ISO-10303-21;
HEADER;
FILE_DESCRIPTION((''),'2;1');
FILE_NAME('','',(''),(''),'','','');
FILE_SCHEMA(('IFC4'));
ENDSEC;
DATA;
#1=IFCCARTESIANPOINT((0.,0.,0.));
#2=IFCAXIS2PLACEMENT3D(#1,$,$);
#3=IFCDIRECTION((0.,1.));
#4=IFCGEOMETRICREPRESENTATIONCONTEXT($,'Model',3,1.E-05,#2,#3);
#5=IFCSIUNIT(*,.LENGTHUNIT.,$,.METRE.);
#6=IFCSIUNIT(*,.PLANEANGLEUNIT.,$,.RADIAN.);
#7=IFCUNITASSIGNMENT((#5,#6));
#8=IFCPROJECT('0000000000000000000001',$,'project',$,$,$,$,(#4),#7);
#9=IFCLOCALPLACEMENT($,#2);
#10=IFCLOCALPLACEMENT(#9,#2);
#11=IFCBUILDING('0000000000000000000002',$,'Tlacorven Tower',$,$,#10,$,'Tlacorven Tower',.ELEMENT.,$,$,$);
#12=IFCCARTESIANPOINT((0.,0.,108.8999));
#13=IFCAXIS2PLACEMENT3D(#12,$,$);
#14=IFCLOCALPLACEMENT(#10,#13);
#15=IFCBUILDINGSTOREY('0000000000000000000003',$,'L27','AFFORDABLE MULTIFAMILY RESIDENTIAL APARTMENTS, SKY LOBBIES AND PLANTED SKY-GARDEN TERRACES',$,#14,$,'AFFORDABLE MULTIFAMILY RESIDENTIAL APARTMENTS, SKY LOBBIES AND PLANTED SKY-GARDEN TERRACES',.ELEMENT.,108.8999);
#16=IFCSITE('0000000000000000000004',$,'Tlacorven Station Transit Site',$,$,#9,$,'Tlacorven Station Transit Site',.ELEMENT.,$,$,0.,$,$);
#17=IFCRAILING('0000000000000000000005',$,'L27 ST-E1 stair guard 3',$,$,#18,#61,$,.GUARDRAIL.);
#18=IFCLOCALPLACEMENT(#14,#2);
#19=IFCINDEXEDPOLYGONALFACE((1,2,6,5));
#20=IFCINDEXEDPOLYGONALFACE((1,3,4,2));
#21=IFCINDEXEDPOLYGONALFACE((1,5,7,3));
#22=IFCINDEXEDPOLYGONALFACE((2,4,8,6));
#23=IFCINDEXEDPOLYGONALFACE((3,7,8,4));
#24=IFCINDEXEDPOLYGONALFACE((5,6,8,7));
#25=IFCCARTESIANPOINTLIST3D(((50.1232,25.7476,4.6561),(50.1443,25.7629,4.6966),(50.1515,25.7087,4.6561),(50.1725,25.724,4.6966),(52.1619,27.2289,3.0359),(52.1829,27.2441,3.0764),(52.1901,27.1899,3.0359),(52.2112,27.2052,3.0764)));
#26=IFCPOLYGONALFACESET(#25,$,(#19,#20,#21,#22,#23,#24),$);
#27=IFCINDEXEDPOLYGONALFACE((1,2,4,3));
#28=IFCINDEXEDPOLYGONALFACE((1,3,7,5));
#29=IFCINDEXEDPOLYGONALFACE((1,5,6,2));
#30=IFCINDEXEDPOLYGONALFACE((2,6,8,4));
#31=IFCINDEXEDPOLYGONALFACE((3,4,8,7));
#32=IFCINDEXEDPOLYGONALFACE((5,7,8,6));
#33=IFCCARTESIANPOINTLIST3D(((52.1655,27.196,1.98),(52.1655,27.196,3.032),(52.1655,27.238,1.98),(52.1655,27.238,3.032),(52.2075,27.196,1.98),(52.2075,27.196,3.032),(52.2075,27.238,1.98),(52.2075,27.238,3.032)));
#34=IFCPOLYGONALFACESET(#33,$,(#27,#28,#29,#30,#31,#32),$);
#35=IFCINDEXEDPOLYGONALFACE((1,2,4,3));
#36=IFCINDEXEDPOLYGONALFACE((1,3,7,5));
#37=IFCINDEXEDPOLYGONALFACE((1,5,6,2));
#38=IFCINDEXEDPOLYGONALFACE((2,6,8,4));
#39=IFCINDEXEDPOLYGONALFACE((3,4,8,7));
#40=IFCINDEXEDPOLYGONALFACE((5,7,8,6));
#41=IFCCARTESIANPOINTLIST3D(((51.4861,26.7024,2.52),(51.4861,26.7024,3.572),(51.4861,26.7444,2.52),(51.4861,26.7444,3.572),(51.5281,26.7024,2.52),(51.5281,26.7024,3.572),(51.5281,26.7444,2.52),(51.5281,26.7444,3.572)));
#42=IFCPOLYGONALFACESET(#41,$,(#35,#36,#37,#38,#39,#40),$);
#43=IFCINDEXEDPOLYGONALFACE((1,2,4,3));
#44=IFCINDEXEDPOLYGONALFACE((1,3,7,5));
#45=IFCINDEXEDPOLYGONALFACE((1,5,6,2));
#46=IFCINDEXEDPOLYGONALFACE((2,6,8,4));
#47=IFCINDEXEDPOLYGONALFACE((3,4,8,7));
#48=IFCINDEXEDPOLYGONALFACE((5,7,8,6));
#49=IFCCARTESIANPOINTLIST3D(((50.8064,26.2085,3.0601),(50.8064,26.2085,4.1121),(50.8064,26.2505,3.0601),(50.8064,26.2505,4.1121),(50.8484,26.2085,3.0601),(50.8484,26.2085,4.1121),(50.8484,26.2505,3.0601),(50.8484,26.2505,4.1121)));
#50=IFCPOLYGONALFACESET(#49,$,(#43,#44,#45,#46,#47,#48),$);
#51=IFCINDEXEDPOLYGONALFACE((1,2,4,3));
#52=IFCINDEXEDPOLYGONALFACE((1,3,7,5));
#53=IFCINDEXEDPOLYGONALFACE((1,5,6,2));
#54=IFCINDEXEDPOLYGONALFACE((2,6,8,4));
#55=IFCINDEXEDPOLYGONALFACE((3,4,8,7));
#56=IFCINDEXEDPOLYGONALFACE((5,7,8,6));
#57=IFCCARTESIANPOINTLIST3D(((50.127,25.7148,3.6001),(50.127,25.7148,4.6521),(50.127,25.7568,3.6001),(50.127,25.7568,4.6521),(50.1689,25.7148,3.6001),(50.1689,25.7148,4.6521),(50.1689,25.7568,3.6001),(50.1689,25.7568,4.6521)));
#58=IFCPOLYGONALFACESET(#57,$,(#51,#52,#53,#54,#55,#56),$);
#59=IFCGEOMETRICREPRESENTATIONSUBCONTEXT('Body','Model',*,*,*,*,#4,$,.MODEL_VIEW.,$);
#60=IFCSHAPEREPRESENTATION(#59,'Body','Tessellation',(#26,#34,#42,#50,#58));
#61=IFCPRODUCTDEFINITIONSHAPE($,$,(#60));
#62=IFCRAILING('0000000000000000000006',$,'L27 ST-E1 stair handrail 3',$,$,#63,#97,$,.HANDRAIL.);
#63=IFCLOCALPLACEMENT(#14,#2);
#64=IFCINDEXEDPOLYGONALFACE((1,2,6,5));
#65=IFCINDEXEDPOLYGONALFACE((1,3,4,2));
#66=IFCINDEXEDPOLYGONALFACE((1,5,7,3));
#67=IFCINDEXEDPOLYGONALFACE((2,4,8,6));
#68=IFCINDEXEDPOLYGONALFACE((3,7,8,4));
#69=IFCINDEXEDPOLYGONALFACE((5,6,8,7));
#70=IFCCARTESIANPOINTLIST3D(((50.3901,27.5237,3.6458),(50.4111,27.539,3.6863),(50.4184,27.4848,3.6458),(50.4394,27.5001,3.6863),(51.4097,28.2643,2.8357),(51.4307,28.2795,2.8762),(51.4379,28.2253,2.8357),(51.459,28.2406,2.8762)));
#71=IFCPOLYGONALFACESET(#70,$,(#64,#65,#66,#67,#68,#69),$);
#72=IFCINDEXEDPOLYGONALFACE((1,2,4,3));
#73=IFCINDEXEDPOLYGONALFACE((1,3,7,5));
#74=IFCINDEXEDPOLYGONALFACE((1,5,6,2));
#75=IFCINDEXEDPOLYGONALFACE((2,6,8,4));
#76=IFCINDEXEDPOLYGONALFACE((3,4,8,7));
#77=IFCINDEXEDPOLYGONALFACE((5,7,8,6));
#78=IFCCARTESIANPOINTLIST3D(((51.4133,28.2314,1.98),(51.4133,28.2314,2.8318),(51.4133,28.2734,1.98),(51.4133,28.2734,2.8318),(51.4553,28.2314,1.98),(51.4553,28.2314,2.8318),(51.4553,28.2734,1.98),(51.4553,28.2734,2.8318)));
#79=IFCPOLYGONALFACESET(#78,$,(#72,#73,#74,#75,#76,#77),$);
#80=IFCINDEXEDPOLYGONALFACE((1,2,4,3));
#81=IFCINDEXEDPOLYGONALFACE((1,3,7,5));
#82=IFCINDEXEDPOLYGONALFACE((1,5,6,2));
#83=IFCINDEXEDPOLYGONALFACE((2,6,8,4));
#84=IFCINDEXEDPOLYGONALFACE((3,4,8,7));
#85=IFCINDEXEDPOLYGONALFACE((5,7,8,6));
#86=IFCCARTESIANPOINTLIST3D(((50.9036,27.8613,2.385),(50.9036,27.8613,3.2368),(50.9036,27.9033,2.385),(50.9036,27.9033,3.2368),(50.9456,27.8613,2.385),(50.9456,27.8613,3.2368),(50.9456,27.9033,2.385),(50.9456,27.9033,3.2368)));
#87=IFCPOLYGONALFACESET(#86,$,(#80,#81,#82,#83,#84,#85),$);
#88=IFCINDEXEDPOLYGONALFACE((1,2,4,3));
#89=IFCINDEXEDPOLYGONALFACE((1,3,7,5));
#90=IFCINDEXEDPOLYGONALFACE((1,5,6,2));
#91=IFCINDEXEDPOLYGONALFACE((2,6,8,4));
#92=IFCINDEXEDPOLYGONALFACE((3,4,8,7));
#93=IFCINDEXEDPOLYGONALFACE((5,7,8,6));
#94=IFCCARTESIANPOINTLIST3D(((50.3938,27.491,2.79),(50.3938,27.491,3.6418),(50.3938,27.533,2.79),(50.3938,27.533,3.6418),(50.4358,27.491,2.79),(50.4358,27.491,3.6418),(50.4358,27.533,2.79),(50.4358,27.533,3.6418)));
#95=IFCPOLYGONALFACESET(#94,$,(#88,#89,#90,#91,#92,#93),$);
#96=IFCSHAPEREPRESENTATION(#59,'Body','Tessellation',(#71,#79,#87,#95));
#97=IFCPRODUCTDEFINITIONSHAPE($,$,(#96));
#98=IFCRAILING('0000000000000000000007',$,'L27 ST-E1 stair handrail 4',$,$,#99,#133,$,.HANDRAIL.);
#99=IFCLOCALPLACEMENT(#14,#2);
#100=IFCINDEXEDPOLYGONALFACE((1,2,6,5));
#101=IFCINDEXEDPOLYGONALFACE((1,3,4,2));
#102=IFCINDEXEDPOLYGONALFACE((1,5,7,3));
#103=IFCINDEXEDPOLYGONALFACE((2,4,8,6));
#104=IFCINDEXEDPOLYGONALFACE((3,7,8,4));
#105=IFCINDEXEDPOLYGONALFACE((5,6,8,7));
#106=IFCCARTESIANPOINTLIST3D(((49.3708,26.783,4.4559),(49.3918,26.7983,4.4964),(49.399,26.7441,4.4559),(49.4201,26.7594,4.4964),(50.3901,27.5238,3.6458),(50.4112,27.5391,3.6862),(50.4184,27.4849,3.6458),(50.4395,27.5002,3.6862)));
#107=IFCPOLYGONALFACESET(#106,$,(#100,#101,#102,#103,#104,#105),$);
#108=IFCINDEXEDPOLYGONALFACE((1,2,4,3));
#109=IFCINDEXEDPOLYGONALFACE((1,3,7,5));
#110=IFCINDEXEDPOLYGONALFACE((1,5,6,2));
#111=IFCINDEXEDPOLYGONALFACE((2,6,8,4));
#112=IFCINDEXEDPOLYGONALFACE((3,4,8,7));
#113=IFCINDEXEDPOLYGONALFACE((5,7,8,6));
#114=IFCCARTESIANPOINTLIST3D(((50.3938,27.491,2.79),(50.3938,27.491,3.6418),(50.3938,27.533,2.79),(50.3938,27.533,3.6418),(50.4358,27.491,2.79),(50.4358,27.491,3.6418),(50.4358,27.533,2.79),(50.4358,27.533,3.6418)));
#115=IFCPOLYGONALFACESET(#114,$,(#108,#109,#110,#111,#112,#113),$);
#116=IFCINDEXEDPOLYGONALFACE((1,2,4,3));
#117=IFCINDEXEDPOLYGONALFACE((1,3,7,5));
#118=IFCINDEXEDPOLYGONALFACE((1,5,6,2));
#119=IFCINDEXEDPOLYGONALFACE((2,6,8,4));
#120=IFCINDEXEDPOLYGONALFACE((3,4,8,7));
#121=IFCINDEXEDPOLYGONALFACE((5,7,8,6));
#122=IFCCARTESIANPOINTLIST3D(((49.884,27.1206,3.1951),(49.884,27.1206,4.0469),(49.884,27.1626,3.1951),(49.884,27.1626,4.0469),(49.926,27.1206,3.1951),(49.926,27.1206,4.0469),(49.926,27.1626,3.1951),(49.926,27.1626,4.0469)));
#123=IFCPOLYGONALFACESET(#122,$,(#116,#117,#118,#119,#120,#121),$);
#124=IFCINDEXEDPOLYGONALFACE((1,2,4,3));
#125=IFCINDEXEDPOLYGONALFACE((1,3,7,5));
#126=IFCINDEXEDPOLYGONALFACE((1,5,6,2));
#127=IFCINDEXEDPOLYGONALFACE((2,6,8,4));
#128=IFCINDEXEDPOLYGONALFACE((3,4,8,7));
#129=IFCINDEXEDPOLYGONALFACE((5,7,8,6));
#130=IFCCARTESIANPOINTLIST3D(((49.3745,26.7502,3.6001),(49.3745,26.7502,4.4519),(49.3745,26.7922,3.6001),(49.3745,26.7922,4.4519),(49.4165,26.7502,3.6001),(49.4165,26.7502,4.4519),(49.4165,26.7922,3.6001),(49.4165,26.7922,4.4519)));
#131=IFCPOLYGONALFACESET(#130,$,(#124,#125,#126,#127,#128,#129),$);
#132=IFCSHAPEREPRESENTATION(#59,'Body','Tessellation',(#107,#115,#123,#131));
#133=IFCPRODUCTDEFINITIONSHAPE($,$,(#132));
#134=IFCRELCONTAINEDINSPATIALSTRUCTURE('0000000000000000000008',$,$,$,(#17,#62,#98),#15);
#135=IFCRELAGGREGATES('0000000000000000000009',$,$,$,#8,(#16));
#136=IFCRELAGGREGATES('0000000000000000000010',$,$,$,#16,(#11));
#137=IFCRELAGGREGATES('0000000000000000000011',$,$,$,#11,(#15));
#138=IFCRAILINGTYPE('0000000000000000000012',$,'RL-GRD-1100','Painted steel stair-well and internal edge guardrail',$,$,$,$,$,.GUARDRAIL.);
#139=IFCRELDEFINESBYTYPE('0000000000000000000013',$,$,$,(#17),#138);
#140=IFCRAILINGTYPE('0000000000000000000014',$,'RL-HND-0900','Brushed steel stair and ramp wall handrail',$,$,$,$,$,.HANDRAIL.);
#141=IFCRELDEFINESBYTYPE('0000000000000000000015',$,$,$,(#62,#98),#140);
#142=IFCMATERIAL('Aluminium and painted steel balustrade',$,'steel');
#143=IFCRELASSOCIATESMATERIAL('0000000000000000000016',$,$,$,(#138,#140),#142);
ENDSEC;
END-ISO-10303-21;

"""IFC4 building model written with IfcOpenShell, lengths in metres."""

from ifc_helpers import new_model, si_unit, direction, frame, origin, origin_2d, place, context, subcontext, project, spatial, rectangle, extrude, source, transform, mapped, material, type_object, element, save


model = new_model("IFC4")

# Units and contexts
model_context = context("Model", 3, precision=1e-05, world=origin(), true_north=direction((0.0, 1.0)))
body_context = subcontext(model_context, "Body", "Model", "MODEL_VIEW")
ifc_project = project(units=[si_unit("LENGTHUNIT", "METRE"), si_unit("PLANEANGLEUNIT", "RADIAN")], contexts=[model_context])

# Site, building, storey
site_placement = place(None, origin())
site = spatial("IfcSite", under=ifc_project, at=site_placement, Name="Tlacorven Station Transit Site", LongName="Tlacorven Station Transit Site", CompositionType="ELEMENT", RefElevation=0.0)
building_placement = place(site_placement, origin())
building = spatial("IfcBuilding", under=site, at=building_placement, Name="Tlacorven Tower", LongName="Tlacorven Tower", CompositionType="ELEMENT")
storey_placement = place(building_placement, frame((0.0, 0.0, 108.8999)))
storey = spatial("IfcBuildingStorey", under=building, at=storey_placement, Name="L27", Description="AFFORDABLE MULTIFAMILY RESIDENTIAL APARTMENTS, SKY LOBBIES AND PLANTED SKY-GARDEN TERRACES", LongName="AFFORDABLE MULTIFAMILY RESIDENTIAL APARTMENTS, SKY LOBBIES AND PLANTED SKY-GARDEN TERRACES", CompositionType="ELEMENT", Elevation=108.8999)

# Railings
ifc_material_1 = material(Name="Aluminium and painted steel balustrade", Category="steel")
railing_type_1 = type_object("IfcRailingType", Name="RL-GRD-1100", Description="Painted steel stair-well and internal edge guardrail", PredefinedType="GUARDRAIL", material=ifc_material_1)
shared_shape_1 = source(origin(), body_context, "Body", "SweptSolid", [
    extrude(rectangle(XDim=0.0481, YDim=0.0481, at=origin_2d()), frame((0.0, 0.0, 1.0762), z_axis=(-0.680489, -0.494434, 0.540805), x_axis=(0.587809, -0.809, 0.0)), (0.0, 0.0, 1.0), 2.9958),
    extrude(rectangle(XDim=0.042, YDim=0.042, at=origin_2d()), origin(), (0.0, 0.0, 1.0), 1.052),
    extrude(rectangle(XDim=0.042, YDim=0.042, at=origin_2d()), frame((-0.6794, -0.4937, 0.54)), (0.0, 0.0, 1.0), 1.052),
    extrude(rectangle(XDim=0.042, YDim=0.042, at=origin_2d()), frame((-1.3591, -0.9875, 1.0801)), (0.0, 0.0, 1.0), 1.052),
    extrude(rectangle(XDim=0.042, YDim=0.042, at=origin_2d()), frame((-2.0386, -1.4812, 1.6201)), (0.0, 0.0, 1.0), 1.052),
])
railing_1_placement = place(storey_placement, frame((52.1865, 27.217, 1.98)))
element("IfcRailing", 1, at=railing_1_placement, inside=storey, type_object=railing_type_1, Name="L27 ST-E1 stair guard 3", PredefinedType="GUARDRAIL", context=body_context, shape_type="MappedRepresentation", body=[
    mapped(shared_shape_1, transform((0.0, 0.0, 0.0), scale=1.0)),
])
railing_type_2 = type_object("IfcRailingType", Name="RL-HND-0900", Description="Brushed steel stair and ramp wall handrail", PredefinedType="HANDRAIL", material=ifc_material_1)
shared_shape_2 = source(origin(), body_context, "Body", "SweptSolid", [
    extrude(rectangle(XDim=0.0481, YDim=0.0481, at=origin_2d()), frame((0.0, 0.0, 0.876), z_axis=(-0.680604, -0.494318, 0.540767), x_axis=(0.587653, -0.809113, 0.0)), (0.0, 0.0, 1.0), 1.498),
    extrude(rectangle(XDim=0.042, YDim=0.042, at=origin_2d()), origin(), (0.0, 0.0, 1.0), 0.8518),
    extrude(rectangle(XDim=0.042, YDim=0.042, at=origin_2d()), frame((-0.5098, -0.3701, 0.405)), (0.0, 0.0, 1.0), 0.8518),
    extrude(rectangle(XDim=0.042, YDim=0.042, at=origin_2d()), frame((-1.0195, -0.7405, 0.8101)), (0.0, 0.0, 1.0), 0.8518),
])
railing_2_placement = place(storey_placement, frame((51.4343, 28.2524, 1.98)))
element("IfcRailing", 2, at=railing_2_placement, inside=storey, type_object=railing_type_2, Name="L27 ST-E1 stair handrail 3", PredefinedType="HANDRAIL", context=body_context, shape_type="MappedRepresentation", body=[
    mapped(shared_shape_2, transform((0.0, 0.0, 0.0), scale=1.0)),
])
shared_shape_3 = source(origin(), body_context, "Body", "SweptSolid", [
    extrude(rectangle(XDim=0.0481, YDim=0.0481, at=origin_2d()), frame((0.0, 0.0, 0.876), z_axis=(-0.680461, -0.494496, 0.540783), x_axis=(0.587872, -0.808954, 0.0)), (0.0, 0.0, 1.0), 1.498),
    extrude(rectangle(XDim=0.042, YDim=0.042, at=origin_2d()), origin(), (0.0, 0.0, 1.0), 0.8518),
    extrude(rectangle(XDim=0.042, YDim=0.042, at=origin_2d()), frame((-0.5098, -0.3704, 0.405)), (0.0, 0.0, 1.0), 0.8518),
    extrude(rectangle(XDim=0.042, YDim=0.042, at=origin_2d()), frame((-1.0193, -0.7407, 0.8101)), (0.0, 0.0, 1.0), 0.8518),
])
railing_3_placement = place(storey_placement, frame((50.4148, 27.512, 2.79)))
element("IfcRailing", 3, at=railing_3_placement, inside=storey, type_object=railing_type_2, Name="L27 ST-E1 stair handrail 4", PredefinedType="HANDRAIL", context=body_context, shape_type="MappedRepresentation", body=[
    mapped(shared_shape_3, transform((0.0, 0.0, 0.0), scale=1.0)),
])

save(model, "model.ifc")
